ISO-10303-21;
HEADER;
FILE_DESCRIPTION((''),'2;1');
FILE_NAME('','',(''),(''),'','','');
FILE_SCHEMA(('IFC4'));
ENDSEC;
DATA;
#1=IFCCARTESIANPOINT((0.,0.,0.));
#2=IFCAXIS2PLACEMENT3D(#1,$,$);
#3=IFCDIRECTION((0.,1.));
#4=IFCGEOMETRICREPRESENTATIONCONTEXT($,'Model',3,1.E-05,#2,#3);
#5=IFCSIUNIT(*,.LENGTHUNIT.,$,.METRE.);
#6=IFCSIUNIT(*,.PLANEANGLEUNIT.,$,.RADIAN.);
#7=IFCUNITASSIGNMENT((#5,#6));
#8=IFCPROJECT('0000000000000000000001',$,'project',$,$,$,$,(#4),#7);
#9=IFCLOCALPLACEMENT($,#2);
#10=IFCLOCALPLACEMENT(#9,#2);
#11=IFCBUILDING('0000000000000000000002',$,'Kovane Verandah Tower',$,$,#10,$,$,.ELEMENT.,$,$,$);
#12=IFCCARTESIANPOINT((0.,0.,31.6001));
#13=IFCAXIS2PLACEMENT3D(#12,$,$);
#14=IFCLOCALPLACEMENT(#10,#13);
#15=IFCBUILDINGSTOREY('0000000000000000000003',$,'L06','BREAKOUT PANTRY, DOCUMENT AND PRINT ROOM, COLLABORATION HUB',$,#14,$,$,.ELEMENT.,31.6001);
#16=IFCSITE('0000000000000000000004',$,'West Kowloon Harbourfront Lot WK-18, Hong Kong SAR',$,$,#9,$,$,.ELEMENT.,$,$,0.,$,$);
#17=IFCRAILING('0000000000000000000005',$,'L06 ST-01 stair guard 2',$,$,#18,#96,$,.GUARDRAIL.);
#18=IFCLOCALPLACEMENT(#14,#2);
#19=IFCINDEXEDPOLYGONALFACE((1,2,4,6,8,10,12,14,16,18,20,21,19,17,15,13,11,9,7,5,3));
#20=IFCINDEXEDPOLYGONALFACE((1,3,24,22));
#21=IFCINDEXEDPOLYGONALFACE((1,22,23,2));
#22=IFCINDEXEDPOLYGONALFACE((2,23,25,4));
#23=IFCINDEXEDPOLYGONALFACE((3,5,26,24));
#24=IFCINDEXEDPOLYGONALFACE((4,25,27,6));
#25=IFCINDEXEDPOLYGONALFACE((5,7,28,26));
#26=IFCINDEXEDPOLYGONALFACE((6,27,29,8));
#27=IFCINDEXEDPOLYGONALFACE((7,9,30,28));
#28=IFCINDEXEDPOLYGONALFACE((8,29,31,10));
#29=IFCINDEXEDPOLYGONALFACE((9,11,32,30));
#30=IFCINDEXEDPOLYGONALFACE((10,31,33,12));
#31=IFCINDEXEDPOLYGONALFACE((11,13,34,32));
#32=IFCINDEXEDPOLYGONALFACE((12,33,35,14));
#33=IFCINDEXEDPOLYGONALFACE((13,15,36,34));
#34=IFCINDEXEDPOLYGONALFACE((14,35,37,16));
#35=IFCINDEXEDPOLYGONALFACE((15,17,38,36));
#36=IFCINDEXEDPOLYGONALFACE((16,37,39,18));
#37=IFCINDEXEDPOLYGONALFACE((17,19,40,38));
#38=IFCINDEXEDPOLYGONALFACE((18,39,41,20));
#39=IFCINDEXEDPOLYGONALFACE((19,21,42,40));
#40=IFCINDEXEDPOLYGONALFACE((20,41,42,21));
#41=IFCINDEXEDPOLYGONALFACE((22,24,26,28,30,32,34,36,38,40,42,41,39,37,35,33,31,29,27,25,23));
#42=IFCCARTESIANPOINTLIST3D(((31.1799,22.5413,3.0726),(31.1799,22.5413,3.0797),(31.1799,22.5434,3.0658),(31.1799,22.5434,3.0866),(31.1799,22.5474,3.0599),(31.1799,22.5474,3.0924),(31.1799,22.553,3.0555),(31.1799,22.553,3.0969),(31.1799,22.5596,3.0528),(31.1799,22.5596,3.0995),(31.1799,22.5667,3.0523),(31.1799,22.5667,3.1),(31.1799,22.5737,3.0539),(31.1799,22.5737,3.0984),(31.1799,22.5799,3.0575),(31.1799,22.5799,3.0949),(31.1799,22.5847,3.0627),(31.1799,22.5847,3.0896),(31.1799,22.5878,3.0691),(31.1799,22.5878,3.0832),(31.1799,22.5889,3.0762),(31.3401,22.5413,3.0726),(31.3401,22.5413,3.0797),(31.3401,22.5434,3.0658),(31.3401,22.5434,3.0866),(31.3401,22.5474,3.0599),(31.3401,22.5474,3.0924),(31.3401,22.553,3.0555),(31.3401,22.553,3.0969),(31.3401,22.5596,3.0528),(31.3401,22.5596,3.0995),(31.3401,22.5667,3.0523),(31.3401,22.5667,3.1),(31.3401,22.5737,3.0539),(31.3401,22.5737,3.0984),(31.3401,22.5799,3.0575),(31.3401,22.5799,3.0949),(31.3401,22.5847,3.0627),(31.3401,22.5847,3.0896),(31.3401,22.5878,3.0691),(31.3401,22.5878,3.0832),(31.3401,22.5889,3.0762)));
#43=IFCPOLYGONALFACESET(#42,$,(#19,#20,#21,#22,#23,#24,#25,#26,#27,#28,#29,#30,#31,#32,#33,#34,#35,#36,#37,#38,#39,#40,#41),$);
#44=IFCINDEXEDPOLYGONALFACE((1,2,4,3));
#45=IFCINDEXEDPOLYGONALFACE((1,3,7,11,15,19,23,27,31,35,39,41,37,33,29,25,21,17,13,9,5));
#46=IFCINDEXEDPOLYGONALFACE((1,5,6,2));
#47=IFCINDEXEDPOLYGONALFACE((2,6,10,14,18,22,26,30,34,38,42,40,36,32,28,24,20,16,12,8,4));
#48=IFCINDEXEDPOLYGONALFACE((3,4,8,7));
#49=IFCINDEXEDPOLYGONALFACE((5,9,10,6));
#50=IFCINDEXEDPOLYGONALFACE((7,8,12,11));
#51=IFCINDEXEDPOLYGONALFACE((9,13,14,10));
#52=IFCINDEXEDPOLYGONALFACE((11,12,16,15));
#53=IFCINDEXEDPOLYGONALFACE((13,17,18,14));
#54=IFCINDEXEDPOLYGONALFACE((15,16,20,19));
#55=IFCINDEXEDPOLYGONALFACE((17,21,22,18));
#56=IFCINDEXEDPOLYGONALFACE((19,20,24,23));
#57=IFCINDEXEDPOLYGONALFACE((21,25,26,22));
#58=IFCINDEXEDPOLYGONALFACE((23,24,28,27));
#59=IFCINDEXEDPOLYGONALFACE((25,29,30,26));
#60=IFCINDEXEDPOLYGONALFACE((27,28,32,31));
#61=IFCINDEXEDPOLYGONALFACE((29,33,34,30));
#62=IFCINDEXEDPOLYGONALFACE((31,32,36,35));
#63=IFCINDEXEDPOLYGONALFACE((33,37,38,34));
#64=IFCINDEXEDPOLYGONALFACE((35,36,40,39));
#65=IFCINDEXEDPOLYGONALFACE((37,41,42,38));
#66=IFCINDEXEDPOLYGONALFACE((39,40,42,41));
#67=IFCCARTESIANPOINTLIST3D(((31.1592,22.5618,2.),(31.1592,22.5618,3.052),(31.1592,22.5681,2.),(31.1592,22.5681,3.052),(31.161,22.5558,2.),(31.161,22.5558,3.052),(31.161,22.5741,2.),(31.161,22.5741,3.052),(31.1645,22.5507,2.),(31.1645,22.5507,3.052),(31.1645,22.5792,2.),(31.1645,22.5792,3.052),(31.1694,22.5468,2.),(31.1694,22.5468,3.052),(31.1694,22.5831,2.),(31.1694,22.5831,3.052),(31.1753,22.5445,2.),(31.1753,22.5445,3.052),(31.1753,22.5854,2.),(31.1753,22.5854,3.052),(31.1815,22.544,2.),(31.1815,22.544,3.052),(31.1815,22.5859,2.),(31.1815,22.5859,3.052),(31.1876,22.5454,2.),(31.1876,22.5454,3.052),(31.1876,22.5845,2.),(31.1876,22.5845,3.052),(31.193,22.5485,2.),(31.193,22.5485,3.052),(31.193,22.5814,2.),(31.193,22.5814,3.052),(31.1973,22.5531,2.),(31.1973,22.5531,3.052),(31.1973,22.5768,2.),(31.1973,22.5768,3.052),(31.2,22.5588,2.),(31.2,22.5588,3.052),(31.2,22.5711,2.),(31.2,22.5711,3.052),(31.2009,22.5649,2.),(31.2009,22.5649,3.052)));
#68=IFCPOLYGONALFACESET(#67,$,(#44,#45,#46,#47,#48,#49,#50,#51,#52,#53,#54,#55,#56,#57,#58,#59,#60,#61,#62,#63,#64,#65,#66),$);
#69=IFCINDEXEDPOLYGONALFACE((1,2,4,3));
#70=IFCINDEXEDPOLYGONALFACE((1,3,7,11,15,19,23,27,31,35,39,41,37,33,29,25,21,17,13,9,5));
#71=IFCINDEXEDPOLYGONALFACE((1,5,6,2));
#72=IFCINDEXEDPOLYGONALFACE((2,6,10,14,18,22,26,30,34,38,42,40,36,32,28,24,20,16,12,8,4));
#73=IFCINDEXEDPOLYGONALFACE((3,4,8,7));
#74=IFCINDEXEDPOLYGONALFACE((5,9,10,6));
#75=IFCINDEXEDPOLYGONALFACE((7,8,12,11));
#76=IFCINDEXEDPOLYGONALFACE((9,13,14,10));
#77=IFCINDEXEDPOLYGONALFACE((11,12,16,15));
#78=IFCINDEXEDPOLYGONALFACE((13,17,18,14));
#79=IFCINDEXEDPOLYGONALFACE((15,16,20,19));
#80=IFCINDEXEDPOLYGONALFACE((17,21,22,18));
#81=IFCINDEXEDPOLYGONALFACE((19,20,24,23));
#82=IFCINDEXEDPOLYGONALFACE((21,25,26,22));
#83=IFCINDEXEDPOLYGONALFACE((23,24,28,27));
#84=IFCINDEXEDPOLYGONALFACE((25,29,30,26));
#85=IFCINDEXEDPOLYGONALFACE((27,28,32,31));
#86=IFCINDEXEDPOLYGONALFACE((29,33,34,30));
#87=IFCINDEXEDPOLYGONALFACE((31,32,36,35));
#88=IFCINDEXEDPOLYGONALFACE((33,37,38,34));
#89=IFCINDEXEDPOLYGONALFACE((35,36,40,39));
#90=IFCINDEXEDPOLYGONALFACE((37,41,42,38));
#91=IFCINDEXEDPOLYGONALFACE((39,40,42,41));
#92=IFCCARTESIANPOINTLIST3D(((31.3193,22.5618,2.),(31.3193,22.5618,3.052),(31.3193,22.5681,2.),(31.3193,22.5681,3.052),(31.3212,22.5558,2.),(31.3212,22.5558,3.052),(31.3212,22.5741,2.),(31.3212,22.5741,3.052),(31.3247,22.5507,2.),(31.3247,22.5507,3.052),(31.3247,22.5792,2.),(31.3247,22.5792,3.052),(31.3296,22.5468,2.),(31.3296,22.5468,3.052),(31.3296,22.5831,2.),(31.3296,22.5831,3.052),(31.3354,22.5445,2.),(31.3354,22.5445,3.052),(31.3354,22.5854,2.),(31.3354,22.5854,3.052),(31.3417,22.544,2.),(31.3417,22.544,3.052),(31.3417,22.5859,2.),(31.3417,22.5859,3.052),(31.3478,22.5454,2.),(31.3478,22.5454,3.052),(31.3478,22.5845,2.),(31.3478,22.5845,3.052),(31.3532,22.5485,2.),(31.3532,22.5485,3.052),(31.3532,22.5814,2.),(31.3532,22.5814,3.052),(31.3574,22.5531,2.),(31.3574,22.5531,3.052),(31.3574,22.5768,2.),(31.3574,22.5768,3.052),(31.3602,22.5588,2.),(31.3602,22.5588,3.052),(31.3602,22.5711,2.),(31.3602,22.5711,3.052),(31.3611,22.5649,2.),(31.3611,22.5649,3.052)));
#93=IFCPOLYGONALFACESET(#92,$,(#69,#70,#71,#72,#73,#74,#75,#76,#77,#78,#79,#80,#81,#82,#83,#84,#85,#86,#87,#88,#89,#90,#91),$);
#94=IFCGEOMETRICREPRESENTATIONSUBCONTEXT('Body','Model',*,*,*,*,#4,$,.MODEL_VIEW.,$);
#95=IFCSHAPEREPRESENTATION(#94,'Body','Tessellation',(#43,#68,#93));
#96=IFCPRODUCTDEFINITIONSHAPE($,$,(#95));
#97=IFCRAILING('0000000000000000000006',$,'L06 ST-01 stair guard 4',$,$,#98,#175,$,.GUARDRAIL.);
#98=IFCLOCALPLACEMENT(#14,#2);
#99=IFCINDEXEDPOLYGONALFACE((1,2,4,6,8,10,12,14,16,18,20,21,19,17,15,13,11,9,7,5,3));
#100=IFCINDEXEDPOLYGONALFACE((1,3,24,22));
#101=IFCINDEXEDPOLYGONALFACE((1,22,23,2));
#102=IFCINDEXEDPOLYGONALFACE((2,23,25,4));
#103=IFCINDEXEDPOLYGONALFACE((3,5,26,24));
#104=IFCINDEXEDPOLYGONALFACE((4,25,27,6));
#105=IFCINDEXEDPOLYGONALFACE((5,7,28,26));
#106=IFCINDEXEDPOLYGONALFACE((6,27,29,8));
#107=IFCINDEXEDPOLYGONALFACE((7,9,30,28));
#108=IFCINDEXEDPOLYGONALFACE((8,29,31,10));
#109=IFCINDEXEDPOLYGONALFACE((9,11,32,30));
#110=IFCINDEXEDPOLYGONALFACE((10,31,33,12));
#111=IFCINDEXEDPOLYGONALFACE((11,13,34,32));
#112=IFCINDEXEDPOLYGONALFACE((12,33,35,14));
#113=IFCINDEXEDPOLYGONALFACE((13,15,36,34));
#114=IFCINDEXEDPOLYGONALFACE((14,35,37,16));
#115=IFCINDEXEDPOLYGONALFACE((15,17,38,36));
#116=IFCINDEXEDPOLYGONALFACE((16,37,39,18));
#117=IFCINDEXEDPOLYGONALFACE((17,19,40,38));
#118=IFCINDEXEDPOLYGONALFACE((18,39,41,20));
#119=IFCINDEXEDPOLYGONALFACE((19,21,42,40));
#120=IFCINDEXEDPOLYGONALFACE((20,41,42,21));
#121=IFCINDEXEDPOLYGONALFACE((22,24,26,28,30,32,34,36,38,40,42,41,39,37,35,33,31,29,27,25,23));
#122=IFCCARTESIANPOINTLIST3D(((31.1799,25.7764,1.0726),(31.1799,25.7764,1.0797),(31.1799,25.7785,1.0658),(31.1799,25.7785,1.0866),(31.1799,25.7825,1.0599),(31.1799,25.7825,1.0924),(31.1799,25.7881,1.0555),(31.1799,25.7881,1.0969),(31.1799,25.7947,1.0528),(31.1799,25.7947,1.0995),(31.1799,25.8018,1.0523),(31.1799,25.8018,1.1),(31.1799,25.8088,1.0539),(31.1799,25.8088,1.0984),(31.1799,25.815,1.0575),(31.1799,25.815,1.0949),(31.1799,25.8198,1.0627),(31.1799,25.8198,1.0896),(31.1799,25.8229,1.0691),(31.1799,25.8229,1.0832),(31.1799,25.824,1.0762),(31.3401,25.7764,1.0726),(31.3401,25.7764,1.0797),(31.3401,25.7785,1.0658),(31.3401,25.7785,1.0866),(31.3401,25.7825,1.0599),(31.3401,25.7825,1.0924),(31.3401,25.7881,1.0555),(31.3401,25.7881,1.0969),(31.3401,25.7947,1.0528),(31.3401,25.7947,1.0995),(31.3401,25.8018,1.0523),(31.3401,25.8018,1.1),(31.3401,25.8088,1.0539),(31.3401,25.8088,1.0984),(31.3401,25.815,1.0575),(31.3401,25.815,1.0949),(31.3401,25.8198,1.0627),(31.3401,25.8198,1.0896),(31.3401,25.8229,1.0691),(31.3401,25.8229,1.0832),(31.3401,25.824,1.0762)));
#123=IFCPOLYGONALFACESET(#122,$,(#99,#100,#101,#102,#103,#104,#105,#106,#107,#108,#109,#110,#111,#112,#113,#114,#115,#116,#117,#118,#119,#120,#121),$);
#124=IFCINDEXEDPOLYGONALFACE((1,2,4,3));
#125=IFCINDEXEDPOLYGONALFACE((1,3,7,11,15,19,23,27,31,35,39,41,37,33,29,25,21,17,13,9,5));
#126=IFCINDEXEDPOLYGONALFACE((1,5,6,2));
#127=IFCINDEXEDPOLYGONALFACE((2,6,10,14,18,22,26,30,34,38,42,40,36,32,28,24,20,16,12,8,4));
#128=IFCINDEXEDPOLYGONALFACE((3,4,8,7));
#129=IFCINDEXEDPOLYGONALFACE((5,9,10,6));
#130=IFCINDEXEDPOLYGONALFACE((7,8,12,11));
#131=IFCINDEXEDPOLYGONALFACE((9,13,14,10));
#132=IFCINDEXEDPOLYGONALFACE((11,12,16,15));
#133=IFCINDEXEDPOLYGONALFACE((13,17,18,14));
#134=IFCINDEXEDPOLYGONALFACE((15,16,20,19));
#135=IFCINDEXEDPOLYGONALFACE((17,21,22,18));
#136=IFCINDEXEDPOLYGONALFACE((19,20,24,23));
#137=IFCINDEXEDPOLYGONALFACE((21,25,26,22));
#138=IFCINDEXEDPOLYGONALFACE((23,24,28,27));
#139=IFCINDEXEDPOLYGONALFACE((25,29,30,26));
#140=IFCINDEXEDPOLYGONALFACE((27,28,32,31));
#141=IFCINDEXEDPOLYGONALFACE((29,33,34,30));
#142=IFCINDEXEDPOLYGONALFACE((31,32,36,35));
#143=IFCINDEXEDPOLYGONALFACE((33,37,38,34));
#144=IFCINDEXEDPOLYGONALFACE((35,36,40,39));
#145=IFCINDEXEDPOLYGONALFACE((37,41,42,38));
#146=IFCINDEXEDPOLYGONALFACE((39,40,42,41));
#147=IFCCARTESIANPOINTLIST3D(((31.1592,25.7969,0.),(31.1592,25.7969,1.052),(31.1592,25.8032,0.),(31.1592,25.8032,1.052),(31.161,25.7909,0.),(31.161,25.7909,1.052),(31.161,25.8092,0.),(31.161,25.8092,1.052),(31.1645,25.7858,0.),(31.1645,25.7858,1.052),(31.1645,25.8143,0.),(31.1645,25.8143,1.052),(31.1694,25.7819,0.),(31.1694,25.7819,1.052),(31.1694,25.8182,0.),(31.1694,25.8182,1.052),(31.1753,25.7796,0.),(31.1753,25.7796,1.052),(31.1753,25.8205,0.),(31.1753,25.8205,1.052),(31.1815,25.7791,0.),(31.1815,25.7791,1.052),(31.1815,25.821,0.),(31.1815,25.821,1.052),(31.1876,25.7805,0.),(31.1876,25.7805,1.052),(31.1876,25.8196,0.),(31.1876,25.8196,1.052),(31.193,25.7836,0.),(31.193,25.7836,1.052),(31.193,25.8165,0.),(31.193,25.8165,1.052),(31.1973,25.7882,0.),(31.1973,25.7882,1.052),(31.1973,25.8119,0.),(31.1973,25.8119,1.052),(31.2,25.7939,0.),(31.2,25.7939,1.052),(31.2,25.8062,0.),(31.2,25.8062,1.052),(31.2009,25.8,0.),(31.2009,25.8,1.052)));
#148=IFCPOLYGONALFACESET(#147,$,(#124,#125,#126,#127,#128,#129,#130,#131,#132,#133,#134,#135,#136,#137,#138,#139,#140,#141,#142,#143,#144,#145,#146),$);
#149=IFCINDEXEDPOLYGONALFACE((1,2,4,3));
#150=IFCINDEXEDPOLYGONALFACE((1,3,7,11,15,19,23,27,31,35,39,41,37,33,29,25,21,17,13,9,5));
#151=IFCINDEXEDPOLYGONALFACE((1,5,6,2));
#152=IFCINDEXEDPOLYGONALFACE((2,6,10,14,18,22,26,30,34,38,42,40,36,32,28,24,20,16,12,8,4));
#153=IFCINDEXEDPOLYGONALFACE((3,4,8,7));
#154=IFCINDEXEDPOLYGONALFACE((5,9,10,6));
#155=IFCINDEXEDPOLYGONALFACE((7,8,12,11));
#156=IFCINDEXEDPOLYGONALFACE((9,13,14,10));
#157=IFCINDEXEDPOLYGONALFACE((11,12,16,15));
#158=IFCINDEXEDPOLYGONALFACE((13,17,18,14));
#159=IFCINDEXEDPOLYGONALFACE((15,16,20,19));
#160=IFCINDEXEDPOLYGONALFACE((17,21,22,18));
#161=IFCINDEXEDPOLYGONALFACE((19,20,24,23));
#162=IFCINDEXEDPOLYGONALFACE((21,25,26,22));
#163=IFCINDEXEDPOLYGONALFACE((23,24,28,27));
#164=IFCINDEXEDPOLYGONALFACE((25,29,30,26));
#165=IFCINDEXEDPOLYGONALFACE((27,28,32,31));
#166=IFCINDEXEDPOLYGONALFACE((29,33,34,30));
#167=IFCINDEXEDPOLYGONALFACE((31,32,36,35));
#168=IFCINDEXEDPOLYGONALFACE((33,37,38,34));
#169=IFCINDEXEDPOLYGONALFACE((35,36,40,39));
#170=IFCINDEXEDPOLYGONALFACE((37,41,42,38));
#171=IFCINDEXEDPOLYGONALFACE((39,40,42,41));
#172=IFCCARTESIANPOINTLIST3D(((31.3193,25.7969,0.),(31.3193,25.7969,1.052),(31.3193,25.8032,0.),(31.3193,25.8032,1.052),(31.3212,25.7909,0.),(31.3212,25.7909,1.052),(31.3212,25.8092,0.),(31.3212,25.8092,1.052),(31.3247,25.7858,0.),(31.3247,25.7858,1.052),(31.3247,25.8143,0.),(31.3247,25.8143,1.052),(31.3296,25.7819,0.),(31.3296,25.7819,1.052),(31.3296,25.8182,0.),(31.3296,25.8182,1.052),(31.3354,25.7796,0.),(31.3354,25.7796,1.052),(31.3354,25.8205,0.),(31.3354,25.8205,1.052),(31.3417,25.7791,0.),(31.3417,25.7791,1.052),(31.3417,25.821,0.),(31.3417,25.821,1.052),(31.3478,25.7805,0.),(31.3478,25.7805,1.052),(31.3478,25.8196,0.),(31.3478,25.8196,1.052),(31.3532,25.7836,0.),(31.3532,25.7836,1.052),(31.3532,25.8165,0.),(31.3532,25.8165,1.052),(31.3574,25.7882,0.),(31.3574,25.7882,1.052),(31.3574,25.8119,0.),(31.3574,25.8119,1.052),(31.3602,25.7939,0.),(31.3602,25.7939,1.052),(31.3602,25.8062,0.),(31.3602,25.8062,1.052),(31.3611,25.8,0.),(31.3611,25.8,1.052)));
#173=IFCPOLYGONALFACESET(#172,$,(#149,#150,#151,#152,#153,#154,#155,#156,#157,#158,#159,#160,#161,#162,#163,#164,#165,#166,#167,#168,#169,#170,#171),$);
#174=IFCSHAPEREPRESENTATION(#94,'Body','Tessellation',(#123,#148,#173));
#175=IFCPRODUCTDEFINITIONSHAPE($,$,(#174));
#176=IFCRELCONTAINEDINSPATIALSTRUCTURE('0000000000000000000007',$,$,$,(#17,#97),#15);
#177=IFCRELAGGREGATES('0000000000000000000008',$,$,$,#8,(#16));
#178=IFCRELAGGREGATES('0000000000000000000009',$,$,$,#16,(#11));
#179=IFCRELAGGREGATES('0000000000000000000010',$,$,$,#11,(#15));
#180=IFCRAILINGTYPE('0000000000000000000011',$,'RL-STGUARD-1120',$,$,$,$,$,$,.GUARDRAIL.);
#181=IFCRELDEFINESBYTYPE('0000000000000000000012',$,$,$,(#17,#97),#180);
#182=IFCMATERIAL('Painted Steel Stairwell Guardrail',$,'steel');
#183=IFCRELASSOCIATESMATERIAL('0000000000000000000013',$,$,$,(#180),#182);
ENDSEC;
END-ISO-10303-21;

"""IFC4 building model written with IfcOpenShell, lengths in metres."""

from ifc_helpers import new_model, si_unit, direction, frame, origin, origin_2d, place, context, subcontext, project, spatial, circle, extrude, material, type_object, element, save


model = new_model("IFC4")

# Units and contexts
model_context = context("Model", 3, precision=1e-05, world=origin(), true_north=direction((0.0, 1.0)))
body_context = subcontext(model_context, "Body", "Model", "MODEL_VIEW")
ifc_project = project(units=[si_unit("LENGTHUNIT", "METRE"), si_unit("PLANEANGLEUNIT", "RADIAN")], contexts=[model_context])

# Site, building, storey
site_placement = place(None, origin())
site = spatial("IfcSite", under=ifc_project, at=site_placement, Name="West Kowloon Harbourfront Lot WK-18, Hong Kong SAR", CompositionType="ELEMENT", RefElevation=0.0)
building_placement = place(site_placement, origin())
building = spatial("IfcBuilding", under=site, at=building_placement, Name="Kovane Verandah Tower", CompositionType="ELEMENT")
storey_placement = place(building_placement, frame((0.0, 0.0, 31.6001)))
storey = spatial("IfcBuildingStorey", under=building, at=storey_placement, Name="L06", Description="BREAKOUT PANTRY, DOCUMENT AND PRINT ROOM, COLLABORATION HUB", CompositionType="ELEMENT", Elevation=31.6001)

# Railings
ifc_material_1 = material(Name="Painted Steel Stairwell Guardrail", Category="steel")
railing_type_1 = type_object("IfcRailingType", Name="RL-STGUARD-1120", PredefinedType="GUARDRAIL", material=ifc_material_1)
for number, where, name in (
    (1, (31.1799, 22.5649, 2.0), "L06 ST-01 stair guard 2"),
    (2, (31.1799, 25.8, 0.0), "L06 ST-01 stair guard 4"),
):
    element("IfcRailing", number, at=place(storey_placement, frame(where)), inside=storey, type_object=railing_type_1, Name=name, PredefinedType="GUARDRAIL", context=body_context, shape_type="SweptSolid", body=[
        extrude(circle(Radius=0.0239, at=origin_2d()), frame((0.0, 0.0, 1.0762), z_axis=(1.0, 0.0, 0.0), x_axis=(0.0, 1.0, 0.0)), (0.0, 0.0, 1.0), 0.1602),
        extrude(circle(Radius=0.021, at=origin_2d()), origin(), (0.0, 0.0, 1.0), 1.052),
        extrude(circle(Radius=0.021, at=origin_2d()), frame((0.1602, 0.0, 0.0)), (0.0, 0.0, 1.0), 1.052),
    ])

save(model, "model.ifc")
